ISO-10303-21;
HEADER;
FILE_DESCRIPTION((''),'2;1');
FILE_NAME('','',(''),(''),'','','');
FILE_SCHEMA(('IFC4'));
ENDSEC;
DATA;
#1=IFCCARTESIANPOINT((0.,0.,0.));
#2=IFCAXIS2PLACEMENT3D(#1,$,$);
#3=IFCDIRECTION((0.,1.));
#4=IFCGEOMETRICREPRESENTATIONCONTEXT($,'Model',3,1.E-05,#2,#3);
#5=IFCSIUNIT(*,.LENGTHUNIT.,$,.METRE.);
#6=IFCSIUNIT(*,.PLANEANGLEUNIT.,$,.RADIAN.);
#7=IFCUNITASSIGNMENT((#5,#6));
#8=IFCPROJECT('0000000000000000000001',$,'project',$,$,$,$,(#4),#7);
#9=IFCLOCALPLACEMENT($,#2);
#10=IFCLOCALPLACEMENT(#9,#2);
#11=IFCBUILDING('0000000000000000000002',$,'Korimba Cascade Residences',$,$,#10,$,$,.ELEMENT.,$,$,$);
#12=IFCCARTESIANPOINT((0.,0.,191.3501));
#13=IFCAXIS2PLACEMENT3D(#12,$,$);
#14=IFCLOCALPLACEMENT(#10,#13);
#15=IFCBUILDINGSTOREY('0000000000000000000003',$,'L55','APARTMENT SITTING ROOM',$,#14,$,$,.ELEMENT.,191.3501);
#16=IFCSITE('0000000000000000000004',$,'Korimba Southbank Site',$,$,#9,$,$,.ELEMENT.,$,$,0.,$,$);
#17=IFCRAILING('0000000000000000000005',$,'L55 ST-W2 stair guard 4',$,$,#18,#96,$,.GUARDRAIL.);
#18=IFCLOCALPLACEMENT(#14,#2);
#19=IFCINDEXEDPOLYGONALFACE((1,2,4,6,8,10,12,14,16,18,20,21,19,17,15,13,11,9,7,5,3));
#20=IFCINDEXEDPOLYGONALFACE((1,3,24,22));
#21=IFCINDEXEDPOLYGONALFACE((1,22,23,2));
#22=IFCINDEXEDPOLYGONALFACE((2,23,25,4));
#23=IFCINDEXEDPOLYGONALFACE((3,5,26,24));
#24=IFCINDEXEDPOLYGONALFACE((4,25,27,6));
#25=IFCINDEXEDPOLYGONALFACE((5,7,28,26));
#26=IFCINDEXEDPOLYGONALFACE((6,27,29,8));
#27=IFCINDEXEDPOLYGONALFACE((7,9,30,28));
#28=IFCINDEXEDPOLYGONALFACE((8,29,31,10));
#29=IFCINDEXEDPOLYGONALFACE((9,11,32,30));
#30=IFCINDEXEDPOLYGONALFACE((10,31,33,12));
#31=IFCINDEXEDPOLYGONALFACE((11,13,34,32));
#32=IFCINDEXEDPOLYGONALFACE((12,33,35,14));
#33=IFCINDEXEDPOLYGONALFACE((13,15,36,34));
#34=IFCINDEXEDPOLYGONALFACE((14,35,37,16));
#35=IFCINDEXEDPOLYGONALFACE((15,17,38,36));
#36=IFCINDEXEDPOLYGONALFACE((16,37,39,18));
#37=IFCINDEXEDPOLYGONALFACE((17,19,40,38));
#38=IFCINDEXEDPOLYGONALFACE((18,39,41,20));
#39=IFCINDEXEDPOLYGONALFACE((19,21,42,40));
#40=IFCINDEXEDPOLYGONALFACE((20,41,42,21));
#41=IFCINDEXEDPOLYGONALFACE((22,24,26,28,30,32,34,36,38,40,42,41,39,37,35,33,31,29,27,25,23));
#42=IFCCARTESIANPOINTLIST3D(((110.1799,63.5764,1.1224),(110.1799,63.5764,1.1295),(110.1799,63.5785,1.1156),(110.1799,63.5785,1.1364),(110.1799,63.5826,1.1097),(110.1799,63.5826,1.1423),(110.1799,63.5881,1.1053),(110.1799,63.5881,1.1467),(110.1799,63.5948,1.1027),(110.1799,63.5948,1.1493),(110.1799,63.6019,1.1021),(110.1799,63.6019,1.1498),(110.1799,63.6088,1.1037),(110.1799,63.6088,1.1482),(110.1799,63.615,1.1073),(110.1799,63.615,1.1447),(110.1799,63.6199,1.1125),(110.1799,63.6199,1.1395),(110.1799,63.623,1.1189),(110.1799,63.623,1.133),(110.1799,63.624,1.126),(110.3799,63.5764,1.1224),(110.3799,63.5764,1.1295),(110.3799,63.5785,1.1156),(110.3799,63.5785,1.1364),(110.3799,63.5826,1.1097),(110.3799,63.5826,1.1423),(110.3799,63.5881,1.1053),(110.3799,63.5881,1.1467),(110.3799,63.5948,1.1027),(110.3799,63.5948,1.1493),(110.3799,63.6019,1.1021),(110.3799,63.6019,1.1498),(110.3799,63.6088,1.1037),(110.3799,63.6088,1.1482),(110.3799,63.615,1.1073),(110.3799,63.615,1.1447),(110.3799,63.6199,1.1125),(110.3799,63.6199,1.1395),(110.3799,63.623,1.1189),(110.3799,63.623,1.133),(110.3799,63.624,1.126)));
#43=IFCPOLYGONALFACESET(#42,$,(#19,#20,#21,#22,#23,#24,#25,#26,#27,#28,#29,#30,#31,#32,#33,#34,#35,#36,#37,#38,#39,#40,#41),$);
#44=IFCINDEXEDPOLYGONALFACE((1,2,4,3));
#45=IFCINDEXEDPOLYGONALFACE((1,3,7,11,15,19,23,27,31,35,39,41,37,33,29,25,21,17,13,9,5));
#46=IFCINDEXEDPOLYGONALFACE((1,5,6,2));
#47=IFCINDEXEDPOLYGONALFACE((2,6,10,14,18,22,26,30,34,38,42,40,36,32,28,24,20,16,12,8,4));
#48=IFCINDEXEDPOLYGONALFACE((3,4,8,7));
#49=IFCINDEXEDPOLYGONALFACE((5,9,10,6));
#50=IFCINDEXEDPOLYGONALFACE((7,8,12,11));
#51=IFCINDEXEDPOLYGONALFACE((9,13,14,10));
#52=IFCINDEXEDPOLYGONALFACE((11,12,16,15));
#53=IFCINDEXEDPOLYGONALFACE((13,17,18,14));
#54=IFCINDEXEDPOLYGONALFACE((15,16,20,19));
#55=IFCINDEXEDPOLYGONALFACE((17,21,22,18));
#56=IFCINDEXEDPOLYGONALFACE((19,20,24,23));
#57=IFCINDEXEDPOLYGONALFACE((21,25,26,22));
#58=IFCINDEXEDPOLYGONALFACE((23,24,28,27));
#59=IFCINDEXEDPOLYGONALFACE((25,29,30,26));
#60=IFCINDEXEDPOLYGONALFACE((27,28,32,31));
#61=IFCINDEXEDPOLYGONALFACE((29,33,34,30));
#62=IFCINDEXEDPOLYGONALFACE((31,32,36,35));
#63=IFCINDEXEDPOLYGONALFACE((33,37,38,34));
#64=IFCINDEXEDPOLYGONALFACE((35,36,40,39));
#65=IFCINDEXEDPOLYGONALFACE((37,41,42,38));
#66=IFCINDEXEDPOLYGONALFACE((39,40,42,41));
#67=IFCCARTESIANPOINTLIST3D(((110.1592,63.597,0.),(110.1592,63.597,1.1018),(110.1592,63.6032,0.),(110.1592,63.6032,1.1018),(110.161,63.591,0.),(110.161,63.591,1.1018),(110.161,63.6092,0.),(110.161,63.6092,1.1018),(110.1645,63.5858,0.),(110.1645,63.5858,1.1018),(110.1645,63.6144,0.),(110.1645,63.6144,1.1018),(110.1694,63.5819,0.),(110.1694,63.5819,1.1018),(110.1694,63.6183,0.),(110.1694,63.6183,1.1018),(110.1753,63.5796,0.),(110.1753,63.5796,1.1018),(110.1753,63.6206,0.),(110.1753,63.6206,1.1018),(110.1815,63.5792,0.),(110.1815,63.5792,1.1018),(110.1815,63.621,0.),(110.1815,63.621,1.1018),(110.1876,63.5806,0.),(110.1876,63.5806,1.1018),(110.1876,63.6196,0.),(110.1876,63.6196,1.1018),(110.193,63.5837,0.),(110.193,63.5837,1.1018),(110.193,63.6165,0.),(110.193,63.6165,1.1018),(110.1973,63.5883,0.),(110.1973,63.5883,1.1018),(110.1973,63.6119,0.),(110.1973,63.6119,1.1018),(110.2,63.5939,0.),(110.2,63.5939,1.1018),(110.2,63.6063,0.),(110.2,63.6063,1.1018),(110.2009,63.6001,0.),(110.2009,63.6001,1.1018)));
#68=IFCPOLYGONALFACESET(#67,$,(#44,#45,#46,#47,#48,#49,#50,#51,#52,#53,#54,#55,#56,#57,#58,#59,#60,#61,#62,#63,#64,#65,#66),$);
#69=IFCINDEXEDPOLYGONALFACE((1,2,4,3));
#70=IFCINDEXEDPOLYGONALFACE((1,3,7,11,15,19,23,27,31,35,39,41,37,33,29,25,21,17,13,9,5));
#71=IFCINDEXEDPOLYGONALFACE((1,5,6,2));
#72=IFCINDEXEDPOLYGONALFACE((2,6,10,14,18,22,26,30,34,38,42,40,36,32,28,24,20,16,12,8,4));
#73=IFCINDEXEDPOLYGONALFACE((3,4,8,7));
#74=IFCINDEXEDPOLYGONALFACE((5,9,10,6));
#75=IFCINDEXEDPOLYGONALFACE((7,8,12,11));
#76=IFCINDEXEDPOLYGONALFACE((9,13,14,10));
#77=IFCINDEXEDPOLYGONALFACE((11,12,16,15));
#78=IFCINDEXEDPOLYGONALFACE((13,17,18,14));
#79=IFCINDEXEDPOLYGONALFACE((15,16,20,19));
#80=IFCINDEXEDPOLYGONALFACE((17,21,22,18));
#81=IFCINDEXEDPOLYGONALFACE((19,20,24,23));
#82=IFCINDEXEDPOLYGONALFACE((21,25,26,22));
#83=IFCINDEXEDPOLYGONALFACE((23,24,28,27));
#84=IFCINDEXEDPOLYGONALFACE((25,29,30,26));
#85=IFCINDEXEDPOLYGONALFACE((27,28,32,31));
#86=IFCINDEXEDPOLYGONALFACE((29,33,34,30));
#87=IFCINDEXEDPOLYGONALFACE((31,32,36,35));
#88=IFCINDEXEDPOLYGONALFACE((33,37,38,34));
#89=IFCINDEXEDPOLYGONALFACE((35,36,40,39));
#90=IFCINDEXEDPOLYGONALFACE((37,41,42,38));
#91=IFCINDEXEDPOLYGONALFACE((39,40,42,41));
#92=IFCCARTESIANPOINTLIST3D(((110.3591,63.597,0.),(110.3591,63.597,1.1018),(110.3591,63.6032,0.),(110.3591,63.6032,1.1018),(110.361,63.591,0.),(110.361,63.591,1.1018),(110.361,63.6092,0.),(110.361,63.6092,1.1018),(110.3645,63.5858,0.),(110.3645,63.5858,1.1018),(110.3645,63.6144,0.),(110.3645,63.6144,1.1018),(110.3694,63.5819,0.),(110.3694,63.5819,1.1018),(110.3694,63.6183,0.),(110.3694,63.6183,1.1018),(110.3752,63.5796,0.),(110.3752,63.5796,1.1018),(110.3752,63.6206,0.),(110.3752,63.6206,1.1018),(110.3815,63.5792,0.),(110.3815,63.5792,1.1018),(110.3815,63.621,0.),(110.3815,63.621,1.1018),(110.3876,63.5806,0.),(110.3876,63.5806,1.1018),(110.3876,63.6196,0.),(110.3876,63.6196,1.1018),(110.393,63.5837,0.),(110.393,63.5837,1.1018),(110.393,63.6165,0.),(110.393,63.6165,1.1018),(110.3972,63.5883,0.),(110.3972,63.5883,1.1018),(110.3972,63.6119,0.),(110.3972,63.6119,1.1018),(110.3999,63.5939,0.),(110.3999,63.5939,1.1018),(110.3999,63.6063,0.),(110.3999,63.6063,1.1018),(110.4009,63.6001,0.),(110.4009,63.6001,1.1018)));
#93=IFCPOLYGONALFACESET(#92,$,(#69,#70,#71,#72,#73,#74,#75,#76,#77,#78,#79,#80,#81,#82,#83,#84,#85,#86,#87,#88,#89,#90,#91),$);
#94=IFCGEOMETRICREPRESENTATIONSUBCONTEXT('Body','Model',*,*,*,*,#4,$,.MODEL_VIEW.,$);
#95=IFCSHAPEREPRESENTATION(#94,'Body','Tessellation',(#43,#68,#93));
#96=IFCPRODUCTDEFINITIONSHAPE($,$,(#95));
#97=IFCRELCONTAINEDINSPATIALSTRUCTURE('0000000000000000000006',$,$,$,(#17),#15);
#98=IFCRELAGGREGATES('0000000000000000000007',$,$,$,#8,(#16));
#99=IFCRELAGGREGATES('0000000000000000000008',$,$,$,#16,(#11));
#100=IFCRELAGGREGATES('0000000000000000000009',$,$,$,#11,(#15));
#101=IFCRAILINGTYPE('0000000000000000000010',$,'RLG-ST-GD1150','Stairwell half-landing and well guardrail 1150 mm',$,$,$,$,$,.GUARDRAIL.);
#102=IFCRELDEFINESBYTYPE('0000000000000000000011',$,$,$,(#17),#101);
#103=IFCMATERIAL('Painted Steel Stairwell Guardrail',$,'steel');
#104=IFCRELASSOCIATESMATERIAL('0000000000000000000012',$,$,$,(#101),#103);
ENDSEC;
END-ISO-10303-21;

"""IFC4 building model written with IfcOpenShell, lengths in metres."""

from ifc_helpers import new_model, si_unit, direction, frame, origin, origin_2d, place, context, subcontext, project, spatial, circle, extrude, material, type_object, element, save


model = new_model("IFC4")

# Units and contexts
model_context = context("Model", 3, precision=1e-05, world=origin(), true_north=direction((0.0, 1.0)))
body_context = subcontext(model_context, "Body", "Model", "MODEL_VIEW")
ifc_project = project(units=[si_unit("LENGTHUNIT", "METRE"), si_unit("PLANEANGLEUNIT", "RADIAN")], contexts=[model_context])

# Site, building, storey
site_placement = place(None, origin())
site = spatial("IfcSite", under=ifc_project, at=site_placement, Name="Korimba Southbank Site", CompositionType="ELEMENT", RefElevation=0.0)
building_placement = place(site_placement, origin())
building = spatial("IfcBuilding", under=site, at=building_placement, Name="Korimba Cascade Residences", CompositionType="ELEMENT")
storey_placement = place(building_placement, frame((0.0, 0.0, 191.3501)))
storey = spatial("IfcBuildingStorey", under=building, at=storey_placement, Name="L55", Description="APARTMENT SITTING ROOM", CompositionType="ELEMENT", Elevation=191.3501)

# Railing
ifc_material_1 = material(Name="Painted Steel Stairwell Guardrail", Category="steel")
railing_type_1 = type_object("IfcRailingType", Name="RLG-ST-GD1150", Description="Stairwell half-landing and well guardrail 1150 mm", PredefinedType="GUARDRAIL", material=ifc_material_1)
railing_1_placement = place(storey_placement, frame((110.1799, 63.6001, 0.0)))
element("IfcRailing", 1, at=railing_1_placement, inside=storey, type_object=railing_type_1, Name="L55 ST-W2 stair guard 4", PredefinedType="GUARDRAIL", context=body_context, shape_type="SweptSolid", body=[
    extrude(circle(Radius=0.0239, at=origin_2d()), frame((0.0, 0.0, 1.126), z_axis=(1.0, 0.0, 0.0), x_axis=(0.0, 1.0, 0.0)), (0.0, 0.0, 1.0), 0.2),
    extrude(circle(Radius=0.021, at=origin_2d()), origin(), (0.0, 0.0, 1.0), 1.1018),
    extrude(circle(Radius=0.021, at=origin_2d()), frame((0.2, 0.0, 0.0)), (0.0, 0.0, 1.0), 1.1018),
])

save(model, "model.ifc")
